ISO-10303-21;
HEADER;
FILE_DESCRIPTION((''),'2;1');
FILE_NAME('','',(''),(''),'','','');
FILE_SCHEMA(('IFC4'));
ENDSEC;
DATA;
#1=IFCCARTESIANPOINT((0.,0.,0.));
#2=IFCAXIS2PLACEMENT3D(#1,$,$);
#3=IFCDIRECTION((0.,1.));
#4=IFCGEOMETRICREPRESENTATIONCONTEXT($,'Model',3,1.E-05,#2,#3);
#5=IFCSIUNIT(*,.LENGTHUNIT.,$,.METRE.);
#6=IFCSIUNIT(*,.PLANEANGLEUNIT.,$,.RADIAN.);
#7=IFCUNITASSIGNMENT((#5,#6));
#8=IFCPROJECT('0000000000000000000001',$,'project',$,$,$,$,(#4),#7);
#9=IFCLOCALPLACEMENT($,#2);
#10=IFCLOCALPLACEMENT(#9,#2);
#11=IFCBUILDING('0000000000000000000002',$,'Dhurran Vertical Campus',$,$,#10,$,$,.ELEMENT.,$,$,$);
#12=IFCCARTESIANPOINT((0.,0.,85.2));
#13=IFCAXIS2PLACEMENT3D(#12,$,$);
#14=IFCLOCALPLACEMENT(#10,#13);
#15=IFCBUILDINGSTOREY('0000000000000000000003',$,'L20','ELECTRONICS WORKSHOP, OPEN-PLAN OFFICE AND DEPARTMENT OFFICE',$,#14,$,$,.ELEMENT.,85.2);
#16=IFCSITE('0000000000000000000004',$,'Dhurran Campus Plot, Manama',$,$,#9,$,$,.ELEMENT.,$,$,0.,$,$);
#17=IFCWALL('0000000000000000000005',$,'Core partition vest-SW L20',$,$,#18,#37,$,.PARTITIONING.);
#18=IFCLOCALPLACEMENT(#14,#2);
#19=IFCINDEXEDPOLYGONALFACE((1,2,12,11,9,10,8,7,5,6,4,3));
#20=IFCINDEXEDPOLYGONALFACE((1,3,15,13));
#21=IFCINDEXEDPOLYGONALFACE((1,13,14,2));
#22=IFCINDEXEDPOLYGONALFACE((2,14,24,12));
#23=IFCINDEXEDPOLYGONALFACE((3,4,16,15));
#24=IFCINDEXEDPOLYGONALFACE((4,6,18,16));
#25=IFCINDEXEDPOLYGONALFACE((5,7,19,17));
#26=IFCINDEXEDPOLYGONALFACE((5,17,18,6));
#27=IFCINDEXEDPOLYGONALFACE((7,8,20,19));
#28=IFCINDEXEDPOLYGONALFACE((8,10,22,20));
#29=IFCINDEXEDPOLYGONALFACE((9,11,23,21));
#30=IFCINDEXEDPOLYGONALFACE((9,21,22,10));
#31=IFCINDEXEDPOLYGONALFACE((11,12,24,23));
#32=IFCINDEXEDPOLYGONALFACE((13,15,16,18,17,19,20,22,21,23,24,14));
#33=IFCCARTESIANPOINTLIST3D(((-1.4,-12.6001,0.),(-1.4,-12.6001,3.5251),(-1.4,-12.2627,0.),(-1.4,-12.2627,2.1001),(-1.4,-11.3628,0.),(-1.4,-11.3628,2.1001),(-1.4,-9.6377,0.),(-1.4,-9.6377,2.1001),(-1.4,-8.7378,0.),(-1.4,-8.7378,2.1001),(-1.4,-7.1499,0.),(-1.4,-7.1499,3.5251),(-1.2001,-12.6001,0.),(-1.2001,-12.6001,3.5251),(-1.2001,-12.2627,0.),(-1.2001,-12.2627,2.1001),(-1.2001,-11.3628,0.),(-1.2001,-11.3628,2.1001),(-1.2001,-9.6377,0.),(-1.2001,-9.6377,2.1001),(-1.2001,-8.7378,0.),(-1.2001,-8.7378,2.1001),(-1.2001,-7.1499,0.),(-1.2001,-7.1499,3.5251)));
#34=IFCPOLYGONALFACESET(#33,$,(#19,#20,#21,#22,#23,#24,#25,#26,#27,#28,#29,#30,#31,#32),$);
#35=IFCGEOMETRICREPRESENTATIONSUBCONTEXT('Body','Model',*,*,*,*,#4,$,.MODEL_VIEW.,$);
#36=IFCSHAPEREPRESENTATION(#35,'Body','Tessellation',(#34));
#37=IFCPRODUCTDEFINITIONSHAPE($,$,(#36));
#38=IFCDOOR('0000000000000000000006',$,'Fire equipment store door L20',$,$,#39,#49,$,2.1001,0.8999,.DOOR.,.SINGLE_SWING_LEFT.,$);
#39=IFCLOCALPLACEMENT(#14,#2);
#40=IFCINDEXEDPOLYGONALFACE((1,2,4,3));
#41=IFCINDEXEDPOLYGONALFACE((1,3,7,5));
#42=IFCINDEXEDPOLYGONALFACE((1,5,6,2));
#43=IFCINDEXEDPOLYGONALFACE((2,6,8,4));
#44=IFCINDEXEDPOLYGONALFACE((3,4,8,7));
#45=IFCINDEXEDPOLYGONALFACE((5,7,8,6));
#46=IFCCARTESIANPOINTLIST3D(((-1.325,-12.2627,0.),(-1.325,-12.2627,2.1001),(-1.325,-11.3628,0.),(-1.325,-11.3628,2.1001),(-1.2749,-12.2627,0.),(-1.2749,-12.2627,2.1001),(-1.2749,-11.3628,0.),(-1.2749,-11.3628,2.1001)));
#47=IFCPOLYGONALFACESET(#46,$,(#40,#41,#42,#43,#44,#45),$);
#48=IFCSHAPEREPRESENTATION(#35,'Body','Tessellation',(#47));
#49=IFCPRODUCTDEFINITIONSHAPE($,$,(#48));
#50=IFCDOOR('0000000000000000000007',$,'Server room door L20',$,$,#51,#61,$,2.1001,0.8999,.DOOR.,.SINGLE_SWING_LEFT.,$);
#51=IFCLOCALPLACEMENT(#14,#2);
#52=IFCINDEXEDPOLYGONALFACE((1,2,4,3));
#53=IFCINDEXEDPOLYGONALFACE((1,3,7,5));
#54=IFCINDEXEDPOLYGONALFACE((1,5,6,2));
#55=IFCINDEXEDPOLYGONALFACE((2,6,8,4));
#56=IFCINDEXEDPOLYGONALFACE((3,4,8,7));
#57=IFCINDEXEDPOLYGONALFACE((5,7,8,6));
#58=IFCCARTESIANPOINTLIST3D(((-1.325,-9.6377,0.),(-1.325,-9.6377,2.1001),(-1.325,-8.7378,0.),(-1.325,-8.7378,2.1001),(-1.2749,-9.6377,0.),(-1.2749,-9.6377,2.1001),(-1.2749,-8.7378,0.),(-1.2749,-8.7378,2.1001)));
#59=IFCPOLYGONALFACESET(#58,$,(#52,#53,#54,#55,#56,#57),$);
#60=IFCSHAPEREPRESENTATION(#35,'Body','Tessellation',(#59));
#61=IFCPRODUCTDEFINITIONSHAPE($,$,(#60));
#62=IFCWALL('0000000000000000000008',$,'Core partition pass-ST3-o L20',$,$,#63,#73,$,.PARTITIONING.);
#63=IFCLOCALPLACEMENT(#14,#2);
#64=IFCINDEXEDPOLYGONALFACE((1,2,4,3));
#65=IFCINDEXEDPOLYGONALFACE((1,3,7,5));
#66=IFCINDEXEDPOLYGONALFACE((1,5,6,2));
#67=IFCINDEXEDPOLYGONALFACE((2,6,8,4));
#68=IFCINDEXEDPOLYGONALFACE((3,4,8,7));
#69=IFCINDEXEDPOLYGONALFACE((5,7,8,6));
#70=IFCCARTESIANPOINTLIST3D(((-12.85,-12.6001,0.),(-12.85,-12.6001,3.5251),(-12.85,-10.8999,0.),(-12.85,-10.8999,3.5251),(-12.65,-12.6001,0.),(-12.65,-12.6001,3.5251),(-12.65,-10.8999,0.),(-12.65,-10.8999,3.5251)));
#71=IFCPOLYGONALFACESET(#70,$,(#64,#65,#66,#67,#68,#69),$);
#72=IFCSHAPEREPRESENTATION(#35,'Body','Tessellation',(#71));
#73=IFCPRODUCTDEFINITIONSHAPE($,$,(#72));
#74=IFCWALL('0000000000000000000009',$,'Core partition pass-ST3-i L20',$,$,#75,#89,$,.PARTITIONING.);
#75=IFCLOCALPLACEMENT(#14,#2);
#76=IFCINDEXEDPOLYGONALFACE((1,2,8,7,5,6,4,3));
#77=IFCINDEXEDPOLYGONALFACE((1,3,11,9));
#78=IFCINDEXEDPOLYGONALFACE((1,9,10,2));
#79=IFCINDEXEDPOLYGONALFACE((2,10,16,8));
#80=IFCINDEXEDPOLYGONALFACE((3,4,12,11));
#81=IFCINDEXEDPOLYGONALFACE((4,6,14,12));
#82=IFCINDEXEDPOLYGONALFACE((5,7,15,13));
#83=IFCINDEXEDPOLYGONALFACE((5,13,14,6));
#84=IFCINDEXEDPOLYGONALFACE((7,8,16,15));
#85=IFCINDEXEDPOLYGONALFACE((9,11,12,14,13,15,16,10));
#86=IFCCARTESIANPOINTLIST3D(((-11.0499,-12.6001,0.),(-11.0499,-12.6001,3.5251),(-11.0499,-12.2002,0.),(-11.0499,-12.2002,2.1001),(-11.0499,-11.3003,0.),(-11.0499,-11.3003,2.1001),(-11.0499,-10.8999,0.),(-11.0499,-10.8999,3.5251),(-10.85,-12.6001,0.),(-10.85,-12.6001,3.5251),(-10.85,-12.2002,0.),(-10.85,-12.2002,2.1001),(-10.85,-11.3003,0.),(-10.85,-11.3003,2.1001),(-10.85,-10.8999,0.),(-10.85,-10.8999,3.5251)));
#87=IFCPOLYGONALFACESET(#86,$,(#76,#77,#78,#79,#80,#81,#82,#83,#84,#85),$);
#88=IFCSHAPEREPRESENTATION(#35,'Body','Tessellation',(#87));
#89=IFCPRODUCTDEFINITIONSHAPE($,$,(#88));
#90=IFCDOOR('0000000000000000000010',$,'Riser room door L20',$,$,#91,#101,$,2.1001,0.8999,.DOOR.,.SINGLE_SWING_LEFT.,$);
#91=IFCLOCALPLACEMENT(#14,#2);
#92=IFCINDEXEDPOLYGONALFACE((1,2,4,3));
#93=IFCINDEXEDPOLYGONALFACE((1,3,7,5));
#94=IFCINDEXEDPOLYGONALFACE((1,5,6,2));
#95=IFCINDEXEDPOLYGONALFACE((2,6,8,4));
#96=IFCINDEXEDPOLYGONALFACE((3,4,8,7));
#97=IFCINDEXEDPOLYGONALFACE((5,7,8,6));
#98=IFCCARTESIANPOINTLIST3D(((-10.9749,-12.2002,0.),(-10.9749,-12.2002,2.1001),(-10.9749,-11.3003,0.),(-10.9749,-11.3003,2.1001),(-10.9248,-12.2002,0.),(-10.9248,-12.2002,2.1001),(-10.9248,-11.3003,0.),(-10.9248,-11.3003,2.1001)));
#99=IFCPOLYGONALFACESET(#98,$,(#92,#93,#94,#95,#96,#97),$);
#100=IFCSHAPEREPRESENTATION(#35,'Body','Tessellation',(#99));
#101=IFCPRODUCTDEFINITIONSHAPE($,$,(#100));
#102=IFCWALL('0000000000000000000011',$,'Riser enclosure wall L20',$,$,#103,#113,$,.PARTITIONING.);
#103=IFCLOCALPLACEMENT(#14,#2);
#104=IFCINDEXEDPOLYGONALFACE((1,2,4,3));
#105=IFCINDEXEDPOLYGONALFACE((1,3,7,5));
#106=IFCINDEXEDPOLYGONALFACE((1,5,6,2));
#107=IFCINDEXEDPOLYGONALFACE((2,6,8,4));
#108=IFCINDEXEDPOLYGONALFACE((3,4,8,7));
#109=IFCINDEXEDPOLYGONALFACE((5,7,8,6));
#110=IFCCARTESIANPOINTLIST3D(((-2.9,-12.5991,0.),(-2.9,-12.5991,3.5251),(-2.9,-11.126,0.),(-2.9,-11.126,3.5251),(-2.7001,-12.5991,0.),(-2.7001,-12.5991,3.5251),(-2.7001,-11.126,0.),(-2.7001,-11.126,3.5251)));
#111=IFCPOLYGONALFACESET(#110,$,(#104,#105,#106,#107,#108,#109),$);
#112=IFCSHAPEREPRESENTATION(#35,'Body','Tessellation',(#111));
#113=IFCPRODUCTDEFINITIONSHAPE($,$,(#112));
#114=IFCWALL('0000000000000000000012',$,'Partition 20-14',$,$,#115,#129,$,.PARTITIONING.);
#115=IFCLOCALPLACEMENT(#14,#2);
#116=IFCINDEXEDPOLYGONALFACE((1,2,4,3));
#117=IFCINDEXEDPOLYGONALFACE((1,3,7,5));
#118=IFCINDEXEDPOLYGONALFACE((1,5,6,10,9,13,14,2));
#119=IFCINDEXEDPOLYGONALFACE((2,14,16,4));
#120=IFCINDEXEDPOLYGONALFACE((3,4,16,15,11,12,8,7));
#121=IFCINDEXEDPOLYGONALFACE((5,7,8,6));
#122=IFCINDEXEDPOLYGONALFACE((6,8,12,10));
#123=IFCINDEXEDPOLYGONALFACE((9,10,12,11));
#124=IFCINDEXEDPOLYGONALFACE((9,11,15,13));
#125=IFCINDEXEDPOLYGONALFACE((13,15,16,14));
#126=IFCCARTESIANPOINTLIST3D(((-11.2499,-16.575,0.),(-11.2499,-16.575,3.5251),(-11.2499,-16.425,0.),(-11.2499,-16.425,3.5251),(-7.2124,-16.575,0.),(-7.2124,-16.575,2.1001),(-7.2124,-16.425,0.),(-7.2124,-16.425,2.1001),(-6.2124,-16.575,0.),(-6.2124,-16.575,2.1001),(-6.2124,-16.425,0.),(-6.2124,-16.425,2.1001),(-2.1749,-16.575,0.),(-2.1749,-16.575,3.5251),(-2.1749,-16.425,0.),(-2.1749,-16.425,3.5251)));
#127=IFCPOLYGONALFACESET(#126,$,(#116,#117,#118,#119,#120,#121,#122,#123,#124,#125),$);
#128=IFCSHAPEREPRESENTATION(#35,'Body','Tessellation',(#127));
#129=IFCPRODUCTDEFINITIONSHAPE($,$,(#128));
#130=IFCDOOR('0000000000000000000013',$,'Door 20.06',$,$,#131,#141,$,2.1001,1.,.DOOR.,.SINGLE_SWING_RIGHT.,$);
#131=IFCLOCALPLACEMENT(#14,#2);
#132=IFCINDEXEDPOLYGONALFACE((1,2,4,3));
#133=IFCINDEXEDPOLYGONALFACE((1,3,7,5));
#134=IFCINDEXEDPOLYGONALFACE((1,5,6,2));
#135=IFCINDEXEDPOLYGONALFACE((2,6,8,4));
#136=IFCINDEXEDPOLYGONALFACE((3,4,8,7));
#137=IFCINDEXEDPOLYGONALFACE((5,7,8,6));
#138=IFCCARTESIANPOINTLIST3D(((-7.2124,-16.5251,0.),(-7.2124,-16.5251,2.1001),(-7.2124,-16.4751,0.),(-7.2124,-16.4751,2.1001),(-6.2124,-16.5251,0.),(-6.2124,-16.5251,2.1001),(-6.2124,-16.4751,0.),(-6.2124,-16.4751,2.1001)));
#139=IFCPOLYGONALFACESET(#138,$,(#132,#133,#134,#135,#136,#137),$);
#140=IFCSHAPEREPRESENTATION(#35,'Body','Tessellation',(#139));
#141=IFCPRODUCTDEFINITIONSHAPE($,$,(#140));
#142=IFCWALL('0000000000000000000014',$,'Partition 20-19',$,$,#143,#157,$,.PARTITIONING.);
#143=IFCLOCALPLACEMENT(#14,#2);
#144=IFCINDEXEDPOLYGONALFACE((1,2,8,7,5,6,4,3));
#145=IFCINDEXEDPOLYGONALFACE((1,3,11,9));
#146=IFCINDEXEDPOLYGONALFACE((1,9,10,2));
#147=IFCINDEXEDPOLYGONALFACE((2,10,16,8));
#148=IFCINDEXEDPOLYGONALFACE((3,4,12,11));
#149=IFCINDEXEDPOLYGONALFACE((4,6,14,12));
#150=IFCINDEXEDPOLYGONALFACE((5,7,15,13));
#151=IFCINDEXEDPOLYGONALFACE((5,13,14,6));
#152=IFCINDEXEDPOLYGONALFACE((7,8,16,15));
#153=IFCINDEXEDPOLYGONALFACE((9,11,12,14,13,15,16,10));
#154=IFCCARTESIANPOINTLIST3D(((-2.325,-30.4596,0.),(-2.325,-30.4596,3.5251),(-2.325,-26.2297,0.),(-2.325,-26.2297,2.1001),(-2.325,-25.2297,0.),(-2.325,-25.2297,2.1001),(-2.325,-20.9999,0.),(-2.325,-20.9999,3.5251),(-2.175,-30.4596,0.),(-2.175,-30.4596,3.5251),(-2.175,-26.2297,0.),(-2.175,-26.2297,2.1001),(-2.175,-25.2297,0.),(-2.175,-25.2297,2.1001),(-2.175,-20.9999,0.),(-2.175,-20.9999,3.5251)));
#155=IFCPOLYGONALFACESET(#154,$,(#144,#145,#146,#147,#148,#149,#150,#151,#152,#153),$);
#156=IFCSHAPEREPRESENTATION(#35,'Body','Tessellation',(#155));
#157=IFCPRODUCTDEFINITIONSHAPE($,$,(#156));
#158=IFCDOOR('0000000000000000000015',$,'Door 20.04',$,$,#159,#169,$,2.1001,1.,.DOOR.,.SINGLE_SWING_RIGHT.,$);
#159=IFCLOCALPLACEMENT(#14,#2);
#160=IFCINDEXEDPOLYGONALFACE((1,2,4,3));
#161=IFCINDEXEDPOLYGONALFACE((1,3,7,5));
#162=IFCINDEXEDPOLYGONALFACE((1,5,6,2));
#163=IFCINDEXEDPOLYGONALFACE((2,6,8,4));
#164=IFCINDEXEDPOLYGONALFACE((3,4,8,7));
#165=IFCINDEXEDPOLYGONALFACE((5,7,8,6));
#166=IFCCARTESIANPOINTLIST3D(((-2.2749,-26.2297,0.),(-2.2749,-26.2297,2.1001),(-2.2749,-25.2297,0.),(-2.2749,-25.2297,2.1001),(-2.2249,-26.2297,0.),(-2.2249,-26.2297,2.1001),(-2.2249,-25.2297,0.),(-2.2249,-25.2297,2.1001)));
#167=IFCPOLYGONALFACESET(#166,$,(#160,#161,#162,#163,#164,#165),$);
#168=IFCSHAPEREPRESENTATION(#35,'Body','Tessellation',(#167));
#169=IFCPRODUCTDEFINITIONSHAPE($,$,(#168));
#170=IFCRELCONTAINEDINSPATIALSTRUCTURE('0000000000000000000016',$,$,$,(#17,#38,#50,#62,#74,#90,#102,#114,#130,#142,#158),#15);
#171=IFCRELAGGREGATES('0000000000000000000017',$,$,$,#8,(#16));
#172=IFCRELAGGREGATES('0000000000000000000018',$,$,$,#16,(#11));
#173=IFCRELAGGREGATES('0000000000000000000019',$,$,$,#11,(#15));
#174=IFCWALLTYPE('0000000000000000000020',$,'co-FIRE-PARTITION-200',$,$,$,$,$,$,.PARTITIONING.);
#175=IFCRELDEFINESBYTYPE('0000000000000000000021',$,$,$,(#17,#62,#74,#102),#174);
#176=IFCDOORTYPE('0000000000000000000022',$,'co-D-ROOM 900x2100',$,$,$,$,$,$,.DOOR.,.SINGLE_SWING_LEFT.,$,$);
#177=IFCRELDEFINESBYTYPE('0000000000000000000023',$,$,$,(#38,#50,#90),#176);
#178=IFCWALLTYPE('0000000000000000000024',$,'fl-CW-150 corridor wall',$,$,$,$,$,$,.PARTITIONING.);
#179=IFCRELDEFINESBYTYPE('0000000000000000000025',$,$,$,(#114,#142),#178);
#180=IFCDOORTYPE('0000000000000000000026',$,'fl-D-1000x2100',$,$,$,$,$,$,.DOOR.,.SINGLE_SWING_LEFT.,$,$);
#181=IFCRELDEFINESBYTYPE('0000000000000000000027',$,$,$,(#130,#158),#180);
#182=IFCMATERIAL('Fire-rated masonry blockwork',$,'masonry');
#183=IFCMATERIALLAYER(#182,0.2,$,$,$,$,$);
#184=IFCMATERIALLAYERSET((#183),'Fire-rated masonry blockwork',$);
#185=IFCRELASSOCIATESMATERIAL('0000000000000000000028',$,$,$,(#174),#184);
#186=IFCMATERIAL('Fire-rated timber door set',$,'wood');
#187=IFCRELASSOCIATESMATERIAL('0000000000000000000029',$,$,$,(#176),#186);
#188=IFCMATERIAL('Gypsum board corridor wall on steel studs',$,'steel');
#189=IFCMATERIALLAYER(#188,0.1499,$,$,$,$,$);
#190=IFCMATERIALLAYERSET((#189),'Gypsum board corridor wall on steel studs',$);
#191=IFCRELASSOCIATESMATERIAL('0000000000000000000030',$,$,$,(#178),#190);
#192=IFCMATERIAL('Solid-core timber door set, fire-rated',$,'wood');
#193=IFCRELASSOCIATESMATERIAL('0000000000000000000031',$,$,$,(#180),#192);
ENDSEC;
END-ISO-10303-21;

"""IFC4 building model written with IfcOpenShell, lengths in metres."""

from ifc_helpers import new_model, si_unit, direction, frame, frame_2d, origin, place, context, subcontext, project, spatial, rectangle, extrude, material, layer, layer_set, type_object, element, fill, save


model = new_model("IFC4")

# Units and contexts
model_context = context("Model", 3, precision=1e-05, world=origin(), true_north=direction((0.0, 1.0)))
body_context = subcontext(model_context, "Body", "Model", "MODEL_VIEW")
ifc_project = project(units=[si_unit("LENGTHUNIT", "METRE"), si_unit("PLANEANGLEUNIT", "RADIAN")], contexts=[model_context])

# Site, building, storey
site_placement = place(None, origin())
site = spatial("IfcSite", under=ifc_project, at=site_placement, Name="Dhurran Campus Plot, Manama", CompositionType="ELEMENT", RefElevation=0.0)
building_placement = place(site_placement, origin())
building = spatial("IfcBuilding", under=site, at=building_placement, Name="Dhurran Vertical Campus", CompositionType="ELEMENT")
storey_placement = place(building_placement, frame((0.0, 0.0, 85.2)))
storey = spatial("IfcBuildingStorey", under=building, at=storey_placement, Name="L20", Description="ELECTRONICS WORKSHOP, OPEN-PLAN OFFICE AND DEPARTMENT OFFICE", CompositionType="ELEMENT", Elevation=85.2)

# Wall, openings, doors
ifc_material_1 = material(Name="Fire-rated masonry blockwork", Category="masonry")
ifc_layer_1 = layer(ifc_material_1, 0.2)
ifc_layer_set_1 = layer_set([ifc_layer_1], Name="Fire-rated masonry blockwork")
wall_type_1 = type_object("IfcWallType", Name="co-FIRE-PARTITION-200", PredefinedType="PARTITIONING", material=ifc_layer_set_1)
wall_1_placement = place(storey_placement, frame((-1.3, -12.6001, 0.0), z_axis=(0.0, 0.0, 1.0), x_axis=(0.0, 1.0, 0.0)))
wall_1 = element("IfcWall", 1, at=wall_1_placement, inside=storey, type_object=wall_type_1, Name="Core partition vest-SW L20", PredefinedType="PARTITIONING", context=body_context, shape_type="SweptSolid", body=[
    extrude(rectangle(XDim=5.4502, YDim=0.2, at=frame_2d((2.7251, 0.0))), origin(), (0.0, 0.0, 1.0), 3.5251),
])
opening_1_placement = place(wall_1_placement, frame((0.3374, 0.0, 0.0)))
opening_1 = element("IfcOpeningElement", 2, at=opening_1_placement, cuts=wall_1, PredefinedType="OPENING", context=body_context, shape_type="SweptSolid", body=[
    extrude(rectangle(XDim=0.8999, YDim=2.1001, at=frame_2d((0.45, 1.05))), frame((0.0, 0.1099, 0.0), z_axis=(0.0, -1.0, 0.0), x_axis=(1.0, 0.0, 0.0)), (0.0, 0.0, 1.0), 0.22),
])
opening_2_placement = place(wall_1_placement, frame((2.9624, 0.0, 0.0)))
opening_2 = element("IfcOpeningElement", 3, at=opening_2_placement, cuts=wall_1, PredefinedType="OPENING", context=body_context, shape_type="SweptSolid", body=[
    extrude(rectangle(XDim=0.8999, YDim=2.1001, at=frame_2d((0.45, 1.05))), frame((0.0, 0.1099, 0.0), z_axis=(0.0, -1.0, 0.0), x_axis=(1.0, 0.0, 0.0)), (0.0, 0.0, 1.0), 0.22),
])
ifc_material_2 = material(Name="Fire-rated timber door set", Category="wood")
door_type_1 = type_object("IfcDoorType", Name="co-D-ROOM 900x2100", OperationType="SINGLE_SWING_LEFT", PredefinedType="DOOR", material=ifc_material_2)
door_1_placement = place(opening_1_placement, origin())
door_1 = element("IfcDoor", 4, at=door_1_placement, inside=storey, type_object=door_type_1, Name="Fire equipment store door L20", OperationType="SINGLE_SWING_LEFT", OverallHeight=2.1001, OverallWidth=0.8999, PredefinedType="DOOR", context=body_context, shape_type="SweptSolid", body=[
    extrude(rectangle(XDim=0.8999, YDim=2.1001, at=frame_2d((0.45, 1.05))), frame((0.0, 0.0249, 0.0), z_axis=(0.0, -1.0, 0.0), x_axis=(1.0, 0.0, 0.0)), (0.0, 0.0, 1.0), 0.05),
])
fill(opening_1, door_1)
door_2_placement = place(opening_2_placement, origin())
door_2 = element("IfcDoor", 5, at=door_2_placement, inside=storey, type_object=door_type_1, Name="Server room door L20", OperationType="SINGLE_SWING_LEFT", OverallHeight=2.1001, OverallWidth=0.8999, PredefinedType="DOOR", context=body_context, shape_type="SweptSolid", body=[
    extrude(rectangle(XDim=0.8999, YDim=2.1001, at=frame_2d((0.45, 1.05))), frame((0.0, 0.0249, 0.0), z_axis=(0.0, -1.0, 0.0), x_axis=(1.0, 0.0, 0.0)), (0.0, 0.0, 1.0), 0.05),
])
fill(opening_2, door_2)

# Wall
wall_2_placement = place(storey_placement, frame((-12.75, -12.6001, 0.0), z_axis=(0.0, 0.0, 1.0), x_axis=(0.0, 1.0, 0.0)))
element("IfcWall", 6, at=wall_2_placement, inside=storey, type_object=wall_type_1, Name="Core partition pass-ST3-o L20", PredefinedType="PARTITIONING", context=body_context, shape_type="SweptSolid", body=[
    extrude(rectangle(XDim=1.7002, YDim=0.2, at=frame_2d((0.8501, 0.0))), origin(), (0.0, 0.0, 1.0), 3.5251),
])

# Wall, opening, door
wall_3_placement = place(storey_placement, frame((-10.95, -12.6001, 0.0), z_axis=(0.0, 0.0, 1.0), x_axis=(0.0, 1.0, 0.0)))
wall_3 = element("IfcWall", 7, at=wall_3_placement, inside=storey, type_object=wall_type_1, Name="Core partition pass-ST3-i L20", PredefinedType="PARTITIONING", context=body_context, shape_type="SweptSolid", body=[
    extrude(rectangle(XDim=1.7002, YDim=0.2, at=frame_2d((0.8501, 0.0))), origin(), (0.0, 0.0, 1.0), 3.5251),
])
opening_3_placement = place(wall_3_placement, frame((0.3999, 0.0, 0.0)))
opening_3 = element("IfcOpeningElement", 8, at=opening_3_placement, cuts=wall_3, PredefinedType="OPENING", context=body_context, shape_type="SweptSolid", body=[
    extrude(rectangle(XDim=0.8999, YDim=2.1001, at=frame_2d((0.45, 1.05))), frame((0.0, 0.1099, 0.0), z_axis=(0.0, -1.0, 0.0), x_axis=(1.0, 0.0, 0.0)), (0.0, 0.0, 1.0), 0.22),
])
door_3_placement = place(opening_3_placement, origin())
door_3 = element("IfcDoor", 9, at=door_3_placement, inside=storey, type_object=door_type_1, Name="Riser room door L20", OperationType="SINGLE_SWING_LEFT", OverallHeight=2.1001, OverallWidth=0.8999, PredefinedType="DOOR", context=body_context, shape_type="SweptSolid", body=[
    extrude(rectangle(XDim=0.8999, YDim=2.1001, at=frame_2d((0.45, 1.05))), frame((0.0, 0.0249, 0.0), z_axis=(0.0, -1.0, 0.0), x_axis=(1.0, 0.0, 0.0)), (0.0, 0.0, 1.0), 0.05),
])
fill(opening_3, door_3)

# Wall
wall_4_placement = place(storey_placement, frame((-2.8, -12.5991, 0.0), z_axis=(0.0, 0.0, 1.0), x_axis=(0.0, 1.0, 0.0)))
element("IfcWall", 10, at=wall_4_placement, inside=storey, type_object=wall_type_1, Name="Riser enclosure wall L20", PredefinedType="PARTITIONING", context=body_context, shape_type="SweptSolid", body=[
    extrude(rectangle(XDim=1.4731, YDim=0.2, at=frame_2d((0.7366, 0.0))), origin(), (0.0, 0.0, 1.0), 3.5251),
])

# Walls, openings, doors
ifc_material_3 = material(Name="Gypsum board corridor wall on steel studs", Category="steel")
ifc_layer_2 = layer(ifc_material_3, 0.1499)
ifc_layer_set_2 = layer_set([ifc_layer_2], Name="Gypsum board corridor wall on steel studs")
wall_type_2 = type_object("IfcWallType", Name="fl-CW-150 corridor wall", PredefinedType="PARTITIONING", material=ifc_layer_set_2)
wall_5_placement = place(storey_placement, frame((-11.25, -16.5, 0.0), z_axis=(0.0, 0.0, 1.0), x_axis=(1.0, 0.0, 0.0)))
wall_5 = element("IfcWall", 11, at=wall_5_placement, inside=storey, type_object=wall_type_2, Name="Partition 20-14", PredefinedType="PARTITIONING", context=body_context, shape_type="SweptSolid", body=[
    extrude(rectangle(XDim=9.075, YDim=0.1499, at=frame_2d((4.5376, 0.0))), origin(), (0.0, 0.0, 1.0), 3.5251),
])
opening_4_placement = place(wall_5_placement, frame((4.0376, 0.0, 0.0)))
opening_4 = element("IfcOpeningElement", 12, at=opening_4_placement, cuts=wall_5, PredefinedType="OPENING", context=body_context, shape_type="SweptSolid", body=[
    extrude(rectangle(XDim=1.0, YDim=2.1001, at=frame_2d((0.5, 1.05))), frame((0.0, 0.085, 0.0), z_axis=(0.0, -1.0, 0.0), x_axis=(1.0, 0.0, 0.0)), (0.0, 0.0, 1.0), 0.1699),
])
ifc_material_4 = material(Name="Solid-core timber door set, fire-rated", Category="wood")
door_type_2 = type_object("IfcDoorType", Name="fl-D-1000x2100", OperationType="SINGLE_SWING_LEFT", PredefinedType="DOOR", material=ifc_material_4)
door_4_placement = place(opening_4_placement, origin())
door_4 = element("IfcDoor", 13, at=door_4_placement, inside=storey, type_object=door_type_2, Name="Door 20.06", OperationType="SINGLE_SWING_RIGHT", OverallHeight=2.1001, OverallWidth=1.0, PredefinedType="DOOR", context=body_context, shape_type="SweptSolid", body=[
    extrude(rectangle(XDim=1.0, YDim=2.1001, at=frame_2d((0.5, 1.05))), frame((0.0, 0.0249, 0.0), z_axis=(0.0, -1.0, 0.0), x_axis=(1.0, 0.0, 0.0)), (0.0, 0.0, 1.0), 0.05),
])
fill(opening_4, door_4)
wall_6_placement = place(storey_placement, frame((-2.25, -30.4597, 0.0), z_axis=(0.0, 0.0, 1.0), x_axis=(0.0, 1.0, 0.0)))
wall_6 = element("IfcWall", 14, at=wall_6_placement, inside=storey, type_object=wall_type_2, Name="Partition 20-19", PredefinedType="PARTITIONING", context=body_context, shape_type="SweptSolid", body=[
    extrude(rectangle(XDim=9.4597, YDim=0.1499, at=frame_2d((4.73, 0.0))), origin(), (0.0, 0.0, 1.0), 3.5251),
])
opening_5_placement = place(wall_6_placement, frame((4.23, 0.0, 0.0)))
opening_5 = element("IfcOpeningElement", 15, at=opening_5_placement, cuts=wall_6, PredefinedType="OPENING", context=body_context, shape_type="SweptSolid", body=[
    extrude(rectangle(XDim=1.0, YDim=2.1001, at=frame_2d((0.5, 1.05))), frame((0.0, 0.085, 0.0), z_axis=(0.0, -1.0, 0.0), x_axis=(1.0, 0.0, 0.0)), (0.0, 0.0, 1.0), 0.1699),
])
door_5_placement = place(opening_5_placement, origin())
door_5 = element("IfcDoor", 16, at=door_5_placement, inside=storey, type_object=door_type_2, Name="Door 20.04", OperationType="SINGLE_SWING_RIGHT", OverallHeight=2.1001, OverallWidth=1.0, PredefinedType="DOOR", context=body_context, shape_type="SweptSolid", body=[
    extrude(rectangle(XDim=1.0, YDim=2.1001, at=frame_2d((0.5, 1.05))), frame((0.0, 0.0249, 0.0), z_axis=(0.0, -1.0, 0.0), x_axis=(1.0, 0.0, 0.0)), (0.0, 0.0, 1.0), 0.05),
])
fill(opening_5, door_5)

save(model, "model.ifc")
